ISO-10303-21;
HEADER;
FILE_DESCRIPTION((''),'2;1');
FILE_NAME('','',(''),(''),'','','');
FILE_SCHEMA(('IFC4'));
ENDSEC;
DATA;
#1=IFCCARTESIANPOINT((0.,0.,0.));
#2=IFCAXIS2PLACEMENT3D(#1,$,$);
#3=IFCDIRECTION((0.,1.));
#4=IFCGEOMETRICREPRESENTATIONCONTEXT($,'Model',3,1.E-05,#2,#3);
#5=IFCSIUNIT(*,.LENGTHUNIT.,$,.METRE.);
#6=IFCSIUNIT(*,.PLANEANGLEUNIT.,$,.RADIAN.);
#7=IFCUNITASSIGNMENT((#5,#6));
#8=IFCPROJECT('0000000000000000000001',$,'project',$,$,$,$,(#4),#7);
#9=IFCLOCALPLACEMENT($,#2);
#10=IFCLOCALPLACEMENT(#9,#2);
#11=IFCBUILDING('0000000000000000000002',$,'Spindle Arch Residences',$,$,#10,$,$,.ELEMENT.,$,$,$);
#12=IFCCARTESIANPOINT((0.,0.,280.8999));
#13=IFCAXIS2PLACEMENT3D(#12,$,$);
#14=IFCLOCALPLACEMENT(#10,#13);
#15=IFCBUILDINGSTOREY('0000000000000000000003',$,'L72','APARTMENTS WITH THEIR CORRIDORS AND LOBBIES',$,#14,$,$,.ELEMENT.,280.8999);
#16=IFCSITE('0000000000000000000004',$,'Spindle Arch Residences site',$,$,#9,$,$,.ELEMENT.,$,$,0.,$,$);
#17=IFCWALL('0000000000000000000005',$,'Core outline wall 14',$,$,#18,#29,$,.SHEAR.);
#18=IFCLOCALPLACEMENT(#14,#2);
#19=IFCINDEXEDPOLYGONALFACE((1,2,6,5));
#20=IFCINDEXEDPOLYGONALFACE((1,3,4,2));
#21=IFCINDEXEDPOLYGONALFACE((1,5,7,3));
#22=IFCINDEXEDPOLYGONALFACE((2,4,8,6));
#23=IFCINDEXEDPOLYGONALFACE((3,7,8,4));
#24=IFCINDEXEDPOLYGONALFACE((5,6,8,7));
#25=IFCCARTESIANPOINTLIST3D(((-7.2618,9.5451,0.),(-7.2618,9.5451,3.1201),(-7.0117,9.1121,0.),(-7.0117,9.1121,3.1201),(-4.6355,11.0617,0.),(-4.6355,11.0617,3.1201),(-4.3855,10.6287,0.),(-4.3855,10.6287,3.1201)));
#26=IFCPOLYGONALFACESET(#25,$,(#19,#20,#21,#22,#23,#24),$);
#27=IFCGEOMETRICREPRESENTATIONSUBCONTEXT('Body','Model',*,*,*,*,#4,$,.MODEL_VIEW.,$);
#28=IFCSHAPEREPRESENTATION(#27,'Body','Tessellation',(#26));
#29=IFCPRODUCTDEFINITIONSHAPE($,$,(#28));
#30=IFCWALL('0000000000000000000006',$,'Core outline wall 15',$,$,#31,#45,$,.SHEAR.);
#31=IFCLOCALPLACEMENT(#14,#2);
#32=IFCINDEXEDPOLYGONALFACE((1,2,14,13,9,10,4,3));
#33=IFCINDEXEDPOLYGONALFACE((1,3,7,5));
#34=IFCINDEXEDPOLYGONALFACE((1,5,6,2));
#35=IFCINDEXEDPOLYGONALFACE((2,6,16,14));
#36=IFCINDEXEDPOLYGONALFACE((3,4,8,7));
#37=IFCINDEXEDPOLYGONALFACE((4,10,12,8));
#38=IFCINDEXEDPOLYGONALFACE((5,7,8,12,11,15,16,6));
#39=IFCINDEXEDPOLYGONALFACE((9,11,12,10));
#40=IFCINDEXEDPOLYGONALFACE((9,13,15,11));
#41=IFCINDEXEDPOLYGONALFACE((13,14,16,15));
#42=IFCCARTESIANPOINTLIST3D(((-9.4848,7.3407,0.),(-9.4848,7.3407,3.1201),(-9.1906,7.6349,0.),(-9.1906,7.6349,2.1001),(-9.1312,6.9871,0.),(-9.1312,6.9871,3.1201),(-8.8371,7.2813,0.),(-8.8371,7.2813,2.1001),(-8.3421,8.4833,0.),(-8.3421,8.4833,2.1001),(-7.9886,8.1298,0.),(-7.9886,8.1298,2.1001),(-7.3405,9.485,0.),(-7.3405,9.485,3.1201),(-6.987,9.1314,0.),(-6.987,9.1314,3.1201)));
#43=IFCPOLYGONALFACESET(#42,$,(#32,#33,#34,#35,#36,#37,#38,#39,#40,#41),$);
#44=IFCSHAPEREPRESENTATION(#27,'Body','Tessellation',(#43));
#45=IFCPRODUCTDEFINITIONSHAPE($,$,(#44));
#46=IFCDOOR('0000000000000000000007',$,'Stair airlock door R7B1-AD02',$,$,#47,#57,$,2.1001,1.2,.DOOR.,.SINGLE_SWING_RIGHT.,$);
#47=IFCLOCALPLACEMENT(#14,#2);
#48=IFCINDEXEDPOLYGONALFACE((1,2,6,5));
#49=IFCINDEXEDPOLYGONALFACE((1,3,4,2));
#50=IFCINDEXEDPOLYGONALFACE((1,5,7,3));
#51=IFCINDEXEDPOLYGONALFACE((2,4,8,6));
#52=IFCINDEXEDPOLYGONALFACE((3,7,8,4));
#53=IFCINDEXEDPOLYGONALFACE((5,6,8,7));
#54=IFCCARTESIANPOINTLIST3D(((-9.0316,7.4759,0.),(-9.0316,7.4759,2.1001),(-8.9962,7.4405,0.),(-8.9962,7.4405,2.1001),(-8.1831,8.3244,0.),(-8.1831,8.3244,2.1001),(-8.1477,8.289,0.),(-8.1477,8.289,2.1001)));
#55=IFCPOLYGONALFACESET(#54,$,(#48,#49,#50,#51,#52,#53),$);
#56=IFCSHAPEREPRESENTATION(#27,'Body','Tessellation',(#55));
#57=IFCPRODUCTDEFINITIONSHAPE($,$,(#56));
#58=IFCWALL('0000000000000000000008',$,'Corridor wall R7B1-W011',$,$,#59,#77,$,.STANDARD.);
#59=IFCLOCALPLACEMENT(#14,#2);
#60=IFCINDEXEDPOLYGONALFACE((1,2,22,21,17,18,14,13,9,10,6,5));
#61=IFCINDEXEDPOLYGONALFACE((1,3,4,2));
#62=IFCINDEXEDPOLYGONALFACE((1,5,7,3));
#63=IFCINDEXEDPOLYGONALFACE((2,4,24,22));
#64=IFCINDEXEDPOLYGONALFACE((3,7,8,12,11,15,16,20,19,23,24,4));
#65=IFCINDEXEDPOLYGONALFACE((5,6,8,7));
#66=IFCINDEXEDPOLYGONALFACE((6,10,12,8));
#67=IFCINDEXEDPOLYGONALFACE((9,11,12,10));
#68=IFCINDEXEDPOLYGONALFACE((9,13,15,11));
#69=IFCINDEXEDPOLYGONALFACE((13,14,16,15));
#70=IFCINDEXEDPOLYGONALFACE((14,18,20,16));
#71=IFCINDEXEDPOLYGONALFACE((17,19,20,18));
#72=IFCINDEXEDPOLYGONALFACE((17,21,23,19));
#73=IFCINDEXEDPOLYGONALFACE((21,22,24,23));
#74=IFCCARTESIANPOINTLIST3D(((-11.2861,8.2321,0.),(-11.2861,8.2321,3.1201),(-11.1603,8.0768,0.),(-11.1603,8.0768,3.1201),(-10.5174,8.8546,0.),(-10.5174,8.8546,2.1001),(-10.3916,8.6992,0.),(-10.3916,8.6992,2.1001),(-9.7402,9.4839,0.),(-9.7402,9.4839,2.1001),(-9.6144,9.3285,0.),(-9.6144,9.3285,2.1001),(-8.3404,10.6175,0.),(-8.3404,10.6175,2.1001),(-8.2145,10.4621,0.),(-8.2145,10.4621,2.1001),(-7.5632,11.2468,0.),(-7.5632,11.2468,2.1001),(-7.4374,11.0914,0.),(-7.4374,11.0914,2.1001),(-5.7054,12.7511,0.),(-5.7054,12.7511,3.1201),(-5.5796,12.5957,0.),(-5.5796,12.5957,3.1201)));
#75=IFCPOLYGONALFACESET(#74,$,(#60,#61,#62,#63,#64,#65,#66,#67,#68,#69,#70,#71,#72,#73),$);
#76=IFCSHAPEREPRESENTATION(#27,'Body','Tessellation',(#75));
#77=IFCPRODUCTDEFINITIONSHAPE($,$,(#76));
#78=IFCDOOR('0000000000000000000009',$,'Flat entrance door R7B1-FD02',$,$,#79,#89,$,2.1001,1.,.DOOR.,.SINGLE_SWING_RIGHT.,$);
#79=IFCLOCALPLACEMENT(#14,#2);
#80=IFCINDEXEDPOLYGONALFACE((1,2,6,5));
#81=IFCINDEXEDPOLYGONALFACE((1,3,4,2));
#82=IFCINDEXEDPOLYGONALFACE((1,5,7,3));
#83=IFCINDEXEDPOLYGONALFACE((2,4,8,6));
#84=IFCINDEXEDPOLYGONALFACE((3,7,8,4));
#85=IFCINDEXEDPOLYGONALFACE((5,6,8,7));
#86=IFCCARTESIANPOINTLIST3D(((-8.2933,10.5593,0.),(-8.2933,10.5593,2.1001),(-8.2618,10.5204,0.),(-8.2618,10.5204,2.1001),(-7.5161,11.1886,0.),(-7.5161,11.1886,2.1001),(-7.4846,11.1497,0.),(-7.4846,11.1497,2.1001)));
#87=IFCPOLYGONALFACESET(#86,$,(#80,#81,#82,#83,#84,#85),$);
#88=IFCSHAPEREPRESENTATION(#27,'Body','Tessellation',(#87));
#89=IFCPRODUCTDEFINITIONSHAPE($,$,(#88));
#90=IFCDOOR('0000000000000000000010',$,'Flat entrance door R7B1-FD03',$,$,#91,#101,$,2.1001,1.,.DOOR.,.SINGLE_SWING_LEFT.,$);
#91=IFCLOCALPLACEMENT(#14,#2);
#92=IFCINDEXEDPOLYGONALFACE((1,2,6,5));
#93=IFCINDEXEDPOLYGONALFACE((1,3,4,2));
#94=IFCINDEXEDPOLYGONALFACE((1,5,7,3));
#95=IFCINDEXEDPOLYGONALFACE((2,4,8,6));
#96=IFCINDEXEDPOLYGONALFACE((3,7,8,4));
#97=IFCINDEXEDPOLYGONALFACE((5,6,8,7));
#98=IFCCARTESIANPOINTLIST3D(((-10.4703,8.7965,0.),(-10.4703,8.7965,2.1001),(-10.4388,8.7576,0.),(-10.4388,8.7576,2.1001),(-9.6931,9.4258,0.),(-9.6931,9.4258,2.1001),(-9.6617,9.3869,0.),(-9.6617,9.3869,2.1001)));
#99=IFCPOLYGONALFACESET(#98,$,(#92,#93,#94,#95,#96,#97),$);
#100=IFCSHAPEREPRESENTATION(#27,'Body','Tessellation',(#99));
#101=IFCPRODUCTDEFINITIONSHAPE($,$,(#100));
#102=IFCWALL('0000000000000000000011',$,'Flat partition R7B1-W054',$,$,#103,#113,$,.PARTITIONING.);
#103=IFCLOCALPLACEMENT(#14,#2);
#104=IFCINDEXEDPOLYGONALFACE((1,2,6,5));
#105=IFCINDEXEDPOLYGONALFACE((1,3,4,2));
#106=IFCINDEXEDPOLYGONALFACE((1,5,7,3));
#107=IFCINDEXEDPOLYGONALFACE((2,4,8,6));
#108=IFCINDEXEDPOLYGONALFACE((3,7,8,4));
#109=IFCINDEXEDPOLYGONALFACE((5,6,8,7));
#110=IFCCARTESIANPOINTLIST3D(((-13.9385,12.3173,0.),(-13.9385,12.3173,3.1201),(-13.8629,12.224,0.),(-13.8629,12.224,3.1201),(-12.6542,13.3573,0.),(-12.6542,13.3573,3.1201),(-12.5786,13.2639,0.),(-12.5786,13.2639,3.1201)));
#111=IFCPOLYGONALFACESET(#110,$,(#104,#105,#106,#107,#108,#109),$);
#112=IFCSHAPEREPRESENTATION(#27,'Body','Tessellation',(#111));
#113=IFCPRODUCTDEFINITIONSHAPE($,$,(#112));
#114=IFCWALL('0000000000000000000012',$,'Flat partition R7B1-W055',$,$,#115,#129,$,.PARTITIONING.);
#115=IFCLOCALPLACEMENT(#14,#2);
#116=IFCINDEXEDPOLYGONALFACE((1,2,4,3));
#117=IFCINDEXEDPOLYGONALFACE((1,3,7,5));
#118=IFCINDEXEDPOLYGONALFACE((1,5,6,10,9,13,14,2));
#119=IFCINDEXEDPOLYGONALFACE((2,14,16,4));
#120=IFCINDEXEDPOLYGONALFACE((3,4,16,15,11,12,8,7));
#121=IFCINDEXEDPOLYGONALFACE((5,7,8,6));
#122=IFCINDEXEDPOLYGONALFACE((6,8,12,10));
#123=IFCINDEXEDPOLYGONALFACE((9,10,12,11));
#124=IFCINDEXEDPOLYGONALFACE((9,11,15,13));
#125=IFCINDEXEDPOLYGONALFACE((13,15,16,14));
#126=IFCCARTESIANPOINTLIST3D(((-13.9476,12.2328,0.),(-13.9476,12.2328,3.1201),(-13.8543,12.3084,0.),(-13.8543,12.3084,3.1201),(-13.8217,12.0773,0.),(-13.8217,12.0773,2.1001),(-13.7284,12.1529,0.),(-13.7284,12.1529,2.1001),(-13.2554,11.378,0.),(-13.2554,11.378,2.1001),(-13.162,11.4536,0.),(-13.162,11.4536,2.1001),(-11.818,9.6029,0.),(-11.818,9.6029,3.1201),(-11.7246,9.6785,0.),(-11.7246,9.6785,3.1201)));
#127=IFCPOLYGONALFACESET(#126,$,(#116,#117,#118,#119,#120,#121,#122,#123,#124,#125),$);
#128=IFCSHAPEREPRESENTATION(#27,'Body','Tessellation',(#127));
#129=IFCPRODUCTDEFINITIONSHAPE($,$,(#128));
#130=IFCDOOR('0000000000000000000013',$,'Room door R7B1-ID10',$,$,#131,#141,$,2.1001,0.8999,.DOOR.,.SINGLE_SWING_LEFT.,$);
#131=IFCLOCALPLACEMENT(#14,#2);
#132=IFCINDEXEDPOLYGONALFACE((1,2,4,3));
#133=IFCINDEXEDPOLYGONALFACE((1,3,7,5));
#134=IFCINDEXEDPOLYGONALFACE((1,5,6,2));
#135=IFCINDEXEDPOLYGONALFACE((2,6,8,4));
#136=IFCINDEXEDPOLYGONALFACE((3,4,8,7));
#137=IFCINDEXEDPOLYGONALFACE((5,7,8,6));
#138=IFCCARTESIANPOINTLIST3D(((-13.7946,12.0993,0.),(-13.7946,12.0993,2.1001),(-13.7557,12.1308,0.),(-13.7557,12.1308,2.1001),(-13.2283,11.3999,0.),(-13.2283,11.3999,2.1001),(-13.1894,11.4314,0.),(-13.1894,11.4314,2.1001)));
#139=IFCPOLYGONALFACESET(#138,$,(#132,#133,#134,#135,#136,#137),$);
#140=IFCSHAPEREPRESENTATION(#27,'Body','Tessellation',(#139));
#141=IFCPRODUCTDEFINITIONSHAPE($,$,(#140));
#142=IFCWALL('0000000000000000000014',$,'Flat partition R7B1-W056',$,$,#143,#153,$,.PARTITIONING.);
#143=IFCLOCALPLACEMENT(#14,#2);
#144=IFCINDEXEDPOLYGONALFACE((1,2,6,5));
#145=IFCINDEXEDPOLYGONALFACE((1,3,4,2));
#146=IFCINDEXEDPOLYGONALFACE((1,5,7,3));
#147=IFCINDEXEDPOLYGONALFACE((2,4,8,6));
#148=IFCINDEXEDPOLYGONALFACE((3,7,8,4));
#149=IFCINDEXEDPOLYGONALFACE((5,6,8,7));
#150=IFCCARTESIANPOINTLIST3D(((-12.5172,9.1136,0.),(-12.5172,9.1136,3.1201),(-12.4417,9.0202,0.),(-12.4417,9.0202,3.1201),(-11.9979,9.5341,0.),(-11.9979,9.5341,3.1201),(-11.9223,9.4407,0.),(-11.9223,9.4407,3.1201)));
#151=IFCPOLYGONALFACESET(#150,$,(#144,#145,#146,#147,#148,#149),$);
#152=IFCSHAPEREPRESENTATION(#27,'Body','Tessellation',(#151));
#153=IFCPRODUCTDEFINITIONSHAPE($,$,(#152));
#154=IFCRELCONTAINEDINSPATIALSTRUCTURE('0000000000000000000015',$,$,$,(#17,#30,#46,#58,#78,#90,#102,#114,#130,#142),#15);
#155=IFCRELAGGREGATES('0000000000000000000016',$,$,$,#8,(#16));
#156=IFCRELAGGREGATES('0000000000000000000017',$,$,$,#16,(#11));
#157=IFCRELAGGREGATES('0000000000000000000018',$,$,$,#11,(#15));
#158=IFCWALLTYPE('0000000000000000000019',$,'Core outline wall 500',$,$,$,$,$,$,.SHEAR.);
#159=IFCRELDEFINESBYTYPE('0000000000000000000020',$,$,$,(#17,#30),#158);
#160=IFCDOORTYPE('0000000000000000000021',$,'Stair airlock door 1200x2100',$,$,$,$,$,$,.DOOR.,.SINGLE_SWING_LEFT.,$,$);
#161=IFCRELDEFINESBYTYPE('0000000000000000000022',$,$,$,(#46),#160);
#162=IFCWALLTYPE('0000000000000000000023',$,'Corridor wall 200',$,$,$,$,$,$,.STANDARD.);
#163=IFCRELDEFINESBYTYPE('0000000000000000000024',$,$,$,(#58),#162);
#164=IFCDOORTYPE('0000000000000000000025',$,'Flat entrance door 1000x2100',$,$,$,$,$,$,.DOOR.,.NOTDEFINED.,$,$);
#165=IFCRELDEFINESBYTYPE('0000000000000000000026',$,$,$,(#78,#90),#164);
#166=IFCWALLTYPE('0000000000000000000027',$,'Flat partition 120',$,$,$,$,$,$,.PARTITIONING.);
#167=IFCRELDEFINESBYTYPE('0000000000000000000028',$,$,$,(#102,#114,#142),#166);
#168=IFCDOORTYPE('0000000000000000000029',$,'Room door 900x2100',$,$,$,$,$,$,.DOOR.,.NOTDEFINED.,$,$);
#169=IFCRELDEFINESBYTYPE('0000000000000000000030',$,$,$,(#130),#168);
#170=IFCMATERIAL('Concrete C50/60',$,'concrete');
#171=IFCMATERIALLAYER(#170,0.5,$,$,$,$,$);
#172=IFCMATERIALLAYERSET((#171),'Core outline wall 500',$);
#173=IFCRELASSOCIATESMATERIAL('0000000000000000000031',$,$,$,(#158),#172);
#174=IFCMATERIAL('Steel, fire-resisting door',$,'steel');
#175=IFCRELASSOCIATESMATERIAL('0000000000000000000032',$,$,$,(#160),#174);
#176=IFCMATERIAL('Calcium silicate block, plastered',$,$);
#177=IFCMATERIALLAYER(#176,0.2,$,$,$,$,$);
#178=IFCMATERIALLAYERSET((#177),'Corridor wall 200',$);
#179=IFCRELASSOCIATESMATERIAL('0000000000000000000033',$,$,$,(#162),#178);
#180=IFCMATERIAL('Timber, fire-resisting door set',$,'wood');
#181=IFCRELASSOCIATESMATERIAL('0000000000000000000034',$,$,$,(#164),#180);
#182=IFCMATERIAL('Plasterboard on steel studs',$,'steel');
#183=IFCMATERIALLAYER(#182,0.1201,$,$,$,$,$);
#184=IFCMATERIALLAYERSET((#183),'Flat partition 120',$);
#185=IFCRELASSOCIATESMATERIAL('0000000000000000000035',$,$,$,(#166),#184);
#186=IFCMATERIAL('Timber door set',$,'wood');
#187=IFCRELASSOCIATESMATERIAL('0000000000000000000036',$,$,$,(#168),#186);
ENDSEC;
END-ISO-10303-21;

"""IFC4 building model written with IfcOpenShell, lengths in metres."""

from ifc_helpers import new_model, si_unit, direction, frame, frame_2d, origin, place, context, subcontext, project, spatial, rectangle, extrude, material, layer, layer_set, type_object, element, fill, save


model = new_model("IFC4")

# Units and contexts
model_context = context("Model", 3, precision=1e-05, world=origin(), true_north=direction((0.0, 1.0)))
body_context = subcontext(model_context, "Body", "Model", "MODEL_VIEW")
ifc_project = project(units=[si_unit("LENGTHUNIT", "METRE"), si_unit("PLANEANGLEUNIT", "RADIAN")], contexts=[model_context])

# Site, building, storey
site_placement = place(None, origin())
site = spatial("IfcSite", under=ifc_project, at=site_placement, Name="Spindle Arch Residences site", CompositionType="ELEMENT", RefElevation=0.0)
building_placement = place(site_placement, origin())
building = spatial("IfcBuilding", under=site, at=building_placement, Name="Spindle Arch Residences", CompositionType="ELEMENT")
storey_placement = place(building_placement, frame((0.0, 0.0, 280.8999)))
storey = spatial("IfcBuildingStorey", under=building, at=storey_placement, Name="L72", Description="APARTMENTS WITH THEIR CORRIDORS AND LOBBIES", CompositionType="ELEMENT", Elevation=280.8999)

# Wall
ifc_material_1 = material(Name="Concrete C50/60", Category="concrete")
ifc_layer_1 = layer(ifc_material_1, 0.5)
ifc_layer_set_1 = layer_set([ifc_layer_1], Name="Core outline wall 500")
wall_type_1 = type_object("IfcWallType", Name="Core outline wall 500", PredefinedType="SHEAR", material=ifc_layer_set_1)
wall_1_placement = place(storey_placement, frame((-4.5105, 10.8452, 0.0), z_axis=(0.0, 0.0, 1.0), x_axis=(-0.865975, -0.500087, 0.0)))
element("IfcWall", 1, at=wall_1_placement, inside=storey, type_object=wall_type_1, Name="Core outline wall 14", PredefinedType="SHEAR", context=body_context, shape_type="SweptSolid", body=[
    extrude(rectangle(XDim=3.0327, YDim=0.5, at=frame_2d((1.5164, 0.0))), origin(), (0.0, 0.0, 1.0), 3.1201),
])

# Wall, opening, door
wall_2_placement = place(storey_placement, frame((-7.1638, 9.3081, 0.0), z_axis=(0.0, 0.0, 1.0), x_axis=(-0.707107, -0.707107, 0.0)))
wall_2 = element("IfcWall", 2, at=wall_2_placement, inside=storey, type_object=wall_type_1, Name="Core outline wall 15", PredefinedType="SHEAR", context=body_context, shape_type="SweptSolid", body=[
    extrude(rectangle(XDim=3.0325, YDim=0.5, at=frame_2d((1.5161, 0.0))), origin(), (0.0, 0.0, 1.0), 3.1201),
])
opening_1_placement = place(wall_2_placement, frame((1.4163, 0.0, 0.0)))
opening_1 = element("IfcOpeningElement", 3, at=opening_1_placement, cuts=wall_2, PredefinedType="OPENING", context=body_context, shape_type="SweptSolid", body=[
    extrude(rectangle(XDim=1.2, YDim=2.1001, at=frame_2d((0.6001, 1.05))), frame((0.0, 0.26, 0.0), z_axis=(0.0, -1.0, 0.0), x_axis=(1.0, 0.0, 0.0)), (0.0, 0.0, 1.0), 0.52),
])
ifc_material_2 = material(Name="Steel, fire-resisting door", Category="steel")
door_type_1 = type_object("IfcDoorType", Name="Stair airlock door 1200x2100", OperationType="SINGLE_SWING_LEFT", PredefinedType="DOOR", material=ifc_material_2)
door_1_placement = place(opening_1_placement, origin())
door_1 = element("IfcDoor", 4, at=door_1_placement, inside=storey, type_object=door_type_1, Name="Stair airlock door R7B1-AD02", OperationType="SINGLE_SWING_RIGHT", OverallHeight=2.1001, OverallWidth=1.2, PredefinedType="DOOR", context=body_context, shape_type="SweptSolid", body=[
    extrude(rectangle(XDim=1.2, YDim=2.1001, at=frame_2d((0.6001, 1.05))), frame((0.0, 0.0249, 0.0), z_axis=(0.0, -1.0, 0.0), x_axis=(1.0, 0.0, 0.0)), (0.0, 0.0, 1.0), 0.05),
])
fill(opening_1, door_1)

# Wall, openings, doors
ifc_material_3 = material(Name="Calcium silicate block, plastered")
ifc_layer_2 = layer(ifc_material_3, 0.2)
ifc_layer_set_2 = layer_set([ifc_layer_2], Name="Corridor wall 200")
wall_type_2 = type_object("IfcWallType", Name="Corridor wall 200", PredefinedType="STANDARD", material=ifc_layer_set_2)
wall_3_placement = place(storey_placement, frame((-5.6426, 12.6733, 0.0), z_axis=(0.0, 0.0, 1.0), x_axis=(-0.77716, -0.629303, 0.0)))
wall_3 = element("IfcWall", 5, at=wall_3_placement, inside=storey, type_object=wall_type_2, Name="Corridor wall R7B1-W011", PredefinedType="STANDARD", context=body_context, shape_type="SweptSolid", body=[
    extrude(rectangle(XDim=7.1809, YDim=0.2, at=frame_2d((3.5903, 0.0))), origin(), (0.0, 0.0, 1.0), 3.1201),
])
opening_2_placement = place(wall_3_placement, frame((2.3904, 0.0, 0.0)))
opening_2 = element("IfcOpeningElement", 6, at=opening_2_placement, cuts=wall_3, PredefinedType="OPENING", context=body_context, shape_type="SweptSolid", body=[
    extrude(rectangle(XDim=1.0, YDim=2.1001, at=frame_2d((0.5, 1.05))), frame((0.0, 0.1099, 0.0), z_axis=(0.0, -1.0, 0.0), x_axis=(1.0, 0.0, 0.0)), (0.0, 0.0, 1.0), 0.22),
])
opening_3_placement = place(wall_3_placement, frame((5.1917, 0.0, 0.0)))
opening_3 = element("IfcOpeningElement", 7, at=opening_3_placement, cuts=wall_3, PredefinedType="OPENING", context=body_context, shape_type="SweptSolid", body=[
    extrude(rectangle(XDim=1.0, YDim=2.1001, at=frame_2d((0.5, 1.05))), frame((0.0, 0.1099, 0.0), z_axis=(0.0, -1.0, 0.0), x_axis=(1.0, 0.0, 0.0)), (0.0, 0.0, 1.0), 0.22),
])
ifc_material_4 = material(Name="Timber, fire-resisting door set", Category="wood")
door_type_2 = type_object("IfcDoorType", Name="Flat entrance door 1000x2100", OperationType="NOTDEFINED", PredefinedType="DOOR", material=ifc_material_4)
door_2_placement = place(opening_2_placement, origin())
door_2 = element("IfcDoor", 8, at=door_2_placement, inside=storey, type_object=door_type_2, Name="Flat entrance door R7B1-FD02", OperationType="SINGLE_SWING_RIGHT", OverallHeight=2.1001, OverallWidth=1.0, PredefinedType="DOOR", context=body_context, shape_type="SweptSolid", body=[
    extrude(rectangle(XDim=1.0, YDim=2.1001, at=frame_2d((0.5, 1.05))), frame((0.0, 0.0249, 0.0), z_axis=(0.0, -1.0, 0.0), x_axis=(1.0, 0.0, 0.0)), (0.0, 0.0, 1.0), 0.05),
])
fill(opening_2, door_2)
door_3_placement = place(opening_3_placement, origin())
door_3 = element("IfcDoor", 9, at=door_3_placement, inside=storey, type_object=door_type_2, Name="Flat entrance door R7B1-FD03", OperationType="SINGLE_SWING_LEFT", OverallHeight=2.1001, OverallWidth=1.0, PredefinedType="DOOR", context=body_context, shape_type="SweptSolid", body=[
    extrude(rectangle(XDim=1.0, YDim=2.1001, at=frame_2d((0.5, 1.05))), frame((0.0, 0.0249, 0.0), z_axis=(0.0, -1.0, 0.0), x_axis=(1.0, 0.0, 0.0)), (0.0, 0.0, 1.0), 0.05),
])
fill(opening_3, door_3)

# Wall
ifc_material_5 = material(Name="Plasterboard on steel studs", Category="steel")
ifc_layer_3 = layer(ifc_material_5, 0.1201)
ifc_layer_set_3 = layer_set([ifc_layer_3], Name="Flat partition 120")
wall_type_3 = type_object("IfcWallType", Name="Flat partition 120", PredefinedType="PARTITIONING", material=ifc_layer_set_3)
wall_4_placement = place(storey_placement, frame((-12.6165, 13.3105, 0.0), z_axis=(0.0, 0.0, 1.0), x_axis=(-0.777166, -0.629296, 0.0)))
element("IfcWall", 10, at=wall_4_placement, inside=storey, type_object=wall_type_3, Name="Flat partition R7B1-W054", PredefinedType="PARTITIONING", context=body_context, shape_type="SweptSolid", body=[
    extrude(rectangle(XDim=1.6526, YDim=0.1201, at=frame_2d((0.8262, 0.0))), origin(), (0.0, 0.0, 1.0), 3.1201),
])

# Wall, opening, door
wall_5_placement = place(storey_placement, frame((-13.9009, 12.2705, 0.0), z_axis=(0.0, 0.0, 1.0), x_axis=(0.629321, -0.777146, 0.0)))
wall_5 = element("IfcWall", 11, at=wall_5_placement, inside=storey, type_object=wall_type_3, Name="Flat partition R7B1-W055", PredefinedType="PARTITIONING", context=body_context, shape_type="SweptSolid", body=[
    extrude(rectangle(XDim=3.384, YDim=0.1201, at=frame_2d((1.6919, 0.0))), origin(), (0.0, 0.0, 1.0), 3.1201),
])
opening_4_placement = place(wall_5_placement, frame((0.2, 0.0, 0.0)))
opening_4 = element("IfcOpeningElement", 12, at=opening_4_placement, cuts=wall_5, PredefinedType="OPENING", context=body_context, shape_type="SweptSolid", body=[
    extrude(rectangle(XDim=0.8999, YDim=2.1001, at=frame_2d((0.45, 1.05))), frame((0.0, 0.0701, 0.0), z_axis=(0.0, -1.0, 0.0), x_axis=(1.0, 0.0, 0.0)), (0.0, 0.0, 1.0), 0.1401),
])
ifc_material_6 = material(Name="Timber door set", Category="wood")
door_type_3 = type_object("IfcDoorType", Name="Room door 900x2100", OperationType="NOTDEFINED", PredefinedType="DOOR", material=ifc_material_6)
door_4_placement = place(opening_4_placement, origin())
door_4 = element("IfcDoor", 13, at=door_4_placement, inside=storey, type_object=door_type_3, Name="Room door R7B1-ID10", OperationType="SINGLE_SWING_LEFT", OverallHeight=2.1001, OverallWidth=0.8999, PredefinedType="DOOR", context=body_context, shape_type="SweptSolid", body=[
    extrude(rectangle(XDim=0.8999, YDim=2.1001, at=frame_2d((0.45, 1.05))), frame((0.0, 0.0249, 0.0), z_axis=(0.0, -1.0, 0.0), x_axis=(1.0, 0.0, 0.0)), (0.0, 0.0, 1.0), 0.05),
])
fill(opening_4, door_4)

# Wall
wall_6_placement = place(storey_placement, frame((-11.9602, 9.4873, 0.0), z_axis=(0.0, 0.0, 1.0), x_axis=(-0.777219, -0.62923, 0.0)))
element("IfcWall", 14, at=wall_6_placement, inside=storey, type_object=wall_type_3, Name="Flat partition R7B1-W056", PredefinedType="PARTITIONING", context=body_context, shape_type="SweptSolid", body=[
    extrude(rectangle(XDim=0.6682, YDim=0.1201, at=frame_2d((0.334, 0.0))), origin(), (0.0, 0.0, 1.0), 3.1201),
])

save(model, "model.ifc")
